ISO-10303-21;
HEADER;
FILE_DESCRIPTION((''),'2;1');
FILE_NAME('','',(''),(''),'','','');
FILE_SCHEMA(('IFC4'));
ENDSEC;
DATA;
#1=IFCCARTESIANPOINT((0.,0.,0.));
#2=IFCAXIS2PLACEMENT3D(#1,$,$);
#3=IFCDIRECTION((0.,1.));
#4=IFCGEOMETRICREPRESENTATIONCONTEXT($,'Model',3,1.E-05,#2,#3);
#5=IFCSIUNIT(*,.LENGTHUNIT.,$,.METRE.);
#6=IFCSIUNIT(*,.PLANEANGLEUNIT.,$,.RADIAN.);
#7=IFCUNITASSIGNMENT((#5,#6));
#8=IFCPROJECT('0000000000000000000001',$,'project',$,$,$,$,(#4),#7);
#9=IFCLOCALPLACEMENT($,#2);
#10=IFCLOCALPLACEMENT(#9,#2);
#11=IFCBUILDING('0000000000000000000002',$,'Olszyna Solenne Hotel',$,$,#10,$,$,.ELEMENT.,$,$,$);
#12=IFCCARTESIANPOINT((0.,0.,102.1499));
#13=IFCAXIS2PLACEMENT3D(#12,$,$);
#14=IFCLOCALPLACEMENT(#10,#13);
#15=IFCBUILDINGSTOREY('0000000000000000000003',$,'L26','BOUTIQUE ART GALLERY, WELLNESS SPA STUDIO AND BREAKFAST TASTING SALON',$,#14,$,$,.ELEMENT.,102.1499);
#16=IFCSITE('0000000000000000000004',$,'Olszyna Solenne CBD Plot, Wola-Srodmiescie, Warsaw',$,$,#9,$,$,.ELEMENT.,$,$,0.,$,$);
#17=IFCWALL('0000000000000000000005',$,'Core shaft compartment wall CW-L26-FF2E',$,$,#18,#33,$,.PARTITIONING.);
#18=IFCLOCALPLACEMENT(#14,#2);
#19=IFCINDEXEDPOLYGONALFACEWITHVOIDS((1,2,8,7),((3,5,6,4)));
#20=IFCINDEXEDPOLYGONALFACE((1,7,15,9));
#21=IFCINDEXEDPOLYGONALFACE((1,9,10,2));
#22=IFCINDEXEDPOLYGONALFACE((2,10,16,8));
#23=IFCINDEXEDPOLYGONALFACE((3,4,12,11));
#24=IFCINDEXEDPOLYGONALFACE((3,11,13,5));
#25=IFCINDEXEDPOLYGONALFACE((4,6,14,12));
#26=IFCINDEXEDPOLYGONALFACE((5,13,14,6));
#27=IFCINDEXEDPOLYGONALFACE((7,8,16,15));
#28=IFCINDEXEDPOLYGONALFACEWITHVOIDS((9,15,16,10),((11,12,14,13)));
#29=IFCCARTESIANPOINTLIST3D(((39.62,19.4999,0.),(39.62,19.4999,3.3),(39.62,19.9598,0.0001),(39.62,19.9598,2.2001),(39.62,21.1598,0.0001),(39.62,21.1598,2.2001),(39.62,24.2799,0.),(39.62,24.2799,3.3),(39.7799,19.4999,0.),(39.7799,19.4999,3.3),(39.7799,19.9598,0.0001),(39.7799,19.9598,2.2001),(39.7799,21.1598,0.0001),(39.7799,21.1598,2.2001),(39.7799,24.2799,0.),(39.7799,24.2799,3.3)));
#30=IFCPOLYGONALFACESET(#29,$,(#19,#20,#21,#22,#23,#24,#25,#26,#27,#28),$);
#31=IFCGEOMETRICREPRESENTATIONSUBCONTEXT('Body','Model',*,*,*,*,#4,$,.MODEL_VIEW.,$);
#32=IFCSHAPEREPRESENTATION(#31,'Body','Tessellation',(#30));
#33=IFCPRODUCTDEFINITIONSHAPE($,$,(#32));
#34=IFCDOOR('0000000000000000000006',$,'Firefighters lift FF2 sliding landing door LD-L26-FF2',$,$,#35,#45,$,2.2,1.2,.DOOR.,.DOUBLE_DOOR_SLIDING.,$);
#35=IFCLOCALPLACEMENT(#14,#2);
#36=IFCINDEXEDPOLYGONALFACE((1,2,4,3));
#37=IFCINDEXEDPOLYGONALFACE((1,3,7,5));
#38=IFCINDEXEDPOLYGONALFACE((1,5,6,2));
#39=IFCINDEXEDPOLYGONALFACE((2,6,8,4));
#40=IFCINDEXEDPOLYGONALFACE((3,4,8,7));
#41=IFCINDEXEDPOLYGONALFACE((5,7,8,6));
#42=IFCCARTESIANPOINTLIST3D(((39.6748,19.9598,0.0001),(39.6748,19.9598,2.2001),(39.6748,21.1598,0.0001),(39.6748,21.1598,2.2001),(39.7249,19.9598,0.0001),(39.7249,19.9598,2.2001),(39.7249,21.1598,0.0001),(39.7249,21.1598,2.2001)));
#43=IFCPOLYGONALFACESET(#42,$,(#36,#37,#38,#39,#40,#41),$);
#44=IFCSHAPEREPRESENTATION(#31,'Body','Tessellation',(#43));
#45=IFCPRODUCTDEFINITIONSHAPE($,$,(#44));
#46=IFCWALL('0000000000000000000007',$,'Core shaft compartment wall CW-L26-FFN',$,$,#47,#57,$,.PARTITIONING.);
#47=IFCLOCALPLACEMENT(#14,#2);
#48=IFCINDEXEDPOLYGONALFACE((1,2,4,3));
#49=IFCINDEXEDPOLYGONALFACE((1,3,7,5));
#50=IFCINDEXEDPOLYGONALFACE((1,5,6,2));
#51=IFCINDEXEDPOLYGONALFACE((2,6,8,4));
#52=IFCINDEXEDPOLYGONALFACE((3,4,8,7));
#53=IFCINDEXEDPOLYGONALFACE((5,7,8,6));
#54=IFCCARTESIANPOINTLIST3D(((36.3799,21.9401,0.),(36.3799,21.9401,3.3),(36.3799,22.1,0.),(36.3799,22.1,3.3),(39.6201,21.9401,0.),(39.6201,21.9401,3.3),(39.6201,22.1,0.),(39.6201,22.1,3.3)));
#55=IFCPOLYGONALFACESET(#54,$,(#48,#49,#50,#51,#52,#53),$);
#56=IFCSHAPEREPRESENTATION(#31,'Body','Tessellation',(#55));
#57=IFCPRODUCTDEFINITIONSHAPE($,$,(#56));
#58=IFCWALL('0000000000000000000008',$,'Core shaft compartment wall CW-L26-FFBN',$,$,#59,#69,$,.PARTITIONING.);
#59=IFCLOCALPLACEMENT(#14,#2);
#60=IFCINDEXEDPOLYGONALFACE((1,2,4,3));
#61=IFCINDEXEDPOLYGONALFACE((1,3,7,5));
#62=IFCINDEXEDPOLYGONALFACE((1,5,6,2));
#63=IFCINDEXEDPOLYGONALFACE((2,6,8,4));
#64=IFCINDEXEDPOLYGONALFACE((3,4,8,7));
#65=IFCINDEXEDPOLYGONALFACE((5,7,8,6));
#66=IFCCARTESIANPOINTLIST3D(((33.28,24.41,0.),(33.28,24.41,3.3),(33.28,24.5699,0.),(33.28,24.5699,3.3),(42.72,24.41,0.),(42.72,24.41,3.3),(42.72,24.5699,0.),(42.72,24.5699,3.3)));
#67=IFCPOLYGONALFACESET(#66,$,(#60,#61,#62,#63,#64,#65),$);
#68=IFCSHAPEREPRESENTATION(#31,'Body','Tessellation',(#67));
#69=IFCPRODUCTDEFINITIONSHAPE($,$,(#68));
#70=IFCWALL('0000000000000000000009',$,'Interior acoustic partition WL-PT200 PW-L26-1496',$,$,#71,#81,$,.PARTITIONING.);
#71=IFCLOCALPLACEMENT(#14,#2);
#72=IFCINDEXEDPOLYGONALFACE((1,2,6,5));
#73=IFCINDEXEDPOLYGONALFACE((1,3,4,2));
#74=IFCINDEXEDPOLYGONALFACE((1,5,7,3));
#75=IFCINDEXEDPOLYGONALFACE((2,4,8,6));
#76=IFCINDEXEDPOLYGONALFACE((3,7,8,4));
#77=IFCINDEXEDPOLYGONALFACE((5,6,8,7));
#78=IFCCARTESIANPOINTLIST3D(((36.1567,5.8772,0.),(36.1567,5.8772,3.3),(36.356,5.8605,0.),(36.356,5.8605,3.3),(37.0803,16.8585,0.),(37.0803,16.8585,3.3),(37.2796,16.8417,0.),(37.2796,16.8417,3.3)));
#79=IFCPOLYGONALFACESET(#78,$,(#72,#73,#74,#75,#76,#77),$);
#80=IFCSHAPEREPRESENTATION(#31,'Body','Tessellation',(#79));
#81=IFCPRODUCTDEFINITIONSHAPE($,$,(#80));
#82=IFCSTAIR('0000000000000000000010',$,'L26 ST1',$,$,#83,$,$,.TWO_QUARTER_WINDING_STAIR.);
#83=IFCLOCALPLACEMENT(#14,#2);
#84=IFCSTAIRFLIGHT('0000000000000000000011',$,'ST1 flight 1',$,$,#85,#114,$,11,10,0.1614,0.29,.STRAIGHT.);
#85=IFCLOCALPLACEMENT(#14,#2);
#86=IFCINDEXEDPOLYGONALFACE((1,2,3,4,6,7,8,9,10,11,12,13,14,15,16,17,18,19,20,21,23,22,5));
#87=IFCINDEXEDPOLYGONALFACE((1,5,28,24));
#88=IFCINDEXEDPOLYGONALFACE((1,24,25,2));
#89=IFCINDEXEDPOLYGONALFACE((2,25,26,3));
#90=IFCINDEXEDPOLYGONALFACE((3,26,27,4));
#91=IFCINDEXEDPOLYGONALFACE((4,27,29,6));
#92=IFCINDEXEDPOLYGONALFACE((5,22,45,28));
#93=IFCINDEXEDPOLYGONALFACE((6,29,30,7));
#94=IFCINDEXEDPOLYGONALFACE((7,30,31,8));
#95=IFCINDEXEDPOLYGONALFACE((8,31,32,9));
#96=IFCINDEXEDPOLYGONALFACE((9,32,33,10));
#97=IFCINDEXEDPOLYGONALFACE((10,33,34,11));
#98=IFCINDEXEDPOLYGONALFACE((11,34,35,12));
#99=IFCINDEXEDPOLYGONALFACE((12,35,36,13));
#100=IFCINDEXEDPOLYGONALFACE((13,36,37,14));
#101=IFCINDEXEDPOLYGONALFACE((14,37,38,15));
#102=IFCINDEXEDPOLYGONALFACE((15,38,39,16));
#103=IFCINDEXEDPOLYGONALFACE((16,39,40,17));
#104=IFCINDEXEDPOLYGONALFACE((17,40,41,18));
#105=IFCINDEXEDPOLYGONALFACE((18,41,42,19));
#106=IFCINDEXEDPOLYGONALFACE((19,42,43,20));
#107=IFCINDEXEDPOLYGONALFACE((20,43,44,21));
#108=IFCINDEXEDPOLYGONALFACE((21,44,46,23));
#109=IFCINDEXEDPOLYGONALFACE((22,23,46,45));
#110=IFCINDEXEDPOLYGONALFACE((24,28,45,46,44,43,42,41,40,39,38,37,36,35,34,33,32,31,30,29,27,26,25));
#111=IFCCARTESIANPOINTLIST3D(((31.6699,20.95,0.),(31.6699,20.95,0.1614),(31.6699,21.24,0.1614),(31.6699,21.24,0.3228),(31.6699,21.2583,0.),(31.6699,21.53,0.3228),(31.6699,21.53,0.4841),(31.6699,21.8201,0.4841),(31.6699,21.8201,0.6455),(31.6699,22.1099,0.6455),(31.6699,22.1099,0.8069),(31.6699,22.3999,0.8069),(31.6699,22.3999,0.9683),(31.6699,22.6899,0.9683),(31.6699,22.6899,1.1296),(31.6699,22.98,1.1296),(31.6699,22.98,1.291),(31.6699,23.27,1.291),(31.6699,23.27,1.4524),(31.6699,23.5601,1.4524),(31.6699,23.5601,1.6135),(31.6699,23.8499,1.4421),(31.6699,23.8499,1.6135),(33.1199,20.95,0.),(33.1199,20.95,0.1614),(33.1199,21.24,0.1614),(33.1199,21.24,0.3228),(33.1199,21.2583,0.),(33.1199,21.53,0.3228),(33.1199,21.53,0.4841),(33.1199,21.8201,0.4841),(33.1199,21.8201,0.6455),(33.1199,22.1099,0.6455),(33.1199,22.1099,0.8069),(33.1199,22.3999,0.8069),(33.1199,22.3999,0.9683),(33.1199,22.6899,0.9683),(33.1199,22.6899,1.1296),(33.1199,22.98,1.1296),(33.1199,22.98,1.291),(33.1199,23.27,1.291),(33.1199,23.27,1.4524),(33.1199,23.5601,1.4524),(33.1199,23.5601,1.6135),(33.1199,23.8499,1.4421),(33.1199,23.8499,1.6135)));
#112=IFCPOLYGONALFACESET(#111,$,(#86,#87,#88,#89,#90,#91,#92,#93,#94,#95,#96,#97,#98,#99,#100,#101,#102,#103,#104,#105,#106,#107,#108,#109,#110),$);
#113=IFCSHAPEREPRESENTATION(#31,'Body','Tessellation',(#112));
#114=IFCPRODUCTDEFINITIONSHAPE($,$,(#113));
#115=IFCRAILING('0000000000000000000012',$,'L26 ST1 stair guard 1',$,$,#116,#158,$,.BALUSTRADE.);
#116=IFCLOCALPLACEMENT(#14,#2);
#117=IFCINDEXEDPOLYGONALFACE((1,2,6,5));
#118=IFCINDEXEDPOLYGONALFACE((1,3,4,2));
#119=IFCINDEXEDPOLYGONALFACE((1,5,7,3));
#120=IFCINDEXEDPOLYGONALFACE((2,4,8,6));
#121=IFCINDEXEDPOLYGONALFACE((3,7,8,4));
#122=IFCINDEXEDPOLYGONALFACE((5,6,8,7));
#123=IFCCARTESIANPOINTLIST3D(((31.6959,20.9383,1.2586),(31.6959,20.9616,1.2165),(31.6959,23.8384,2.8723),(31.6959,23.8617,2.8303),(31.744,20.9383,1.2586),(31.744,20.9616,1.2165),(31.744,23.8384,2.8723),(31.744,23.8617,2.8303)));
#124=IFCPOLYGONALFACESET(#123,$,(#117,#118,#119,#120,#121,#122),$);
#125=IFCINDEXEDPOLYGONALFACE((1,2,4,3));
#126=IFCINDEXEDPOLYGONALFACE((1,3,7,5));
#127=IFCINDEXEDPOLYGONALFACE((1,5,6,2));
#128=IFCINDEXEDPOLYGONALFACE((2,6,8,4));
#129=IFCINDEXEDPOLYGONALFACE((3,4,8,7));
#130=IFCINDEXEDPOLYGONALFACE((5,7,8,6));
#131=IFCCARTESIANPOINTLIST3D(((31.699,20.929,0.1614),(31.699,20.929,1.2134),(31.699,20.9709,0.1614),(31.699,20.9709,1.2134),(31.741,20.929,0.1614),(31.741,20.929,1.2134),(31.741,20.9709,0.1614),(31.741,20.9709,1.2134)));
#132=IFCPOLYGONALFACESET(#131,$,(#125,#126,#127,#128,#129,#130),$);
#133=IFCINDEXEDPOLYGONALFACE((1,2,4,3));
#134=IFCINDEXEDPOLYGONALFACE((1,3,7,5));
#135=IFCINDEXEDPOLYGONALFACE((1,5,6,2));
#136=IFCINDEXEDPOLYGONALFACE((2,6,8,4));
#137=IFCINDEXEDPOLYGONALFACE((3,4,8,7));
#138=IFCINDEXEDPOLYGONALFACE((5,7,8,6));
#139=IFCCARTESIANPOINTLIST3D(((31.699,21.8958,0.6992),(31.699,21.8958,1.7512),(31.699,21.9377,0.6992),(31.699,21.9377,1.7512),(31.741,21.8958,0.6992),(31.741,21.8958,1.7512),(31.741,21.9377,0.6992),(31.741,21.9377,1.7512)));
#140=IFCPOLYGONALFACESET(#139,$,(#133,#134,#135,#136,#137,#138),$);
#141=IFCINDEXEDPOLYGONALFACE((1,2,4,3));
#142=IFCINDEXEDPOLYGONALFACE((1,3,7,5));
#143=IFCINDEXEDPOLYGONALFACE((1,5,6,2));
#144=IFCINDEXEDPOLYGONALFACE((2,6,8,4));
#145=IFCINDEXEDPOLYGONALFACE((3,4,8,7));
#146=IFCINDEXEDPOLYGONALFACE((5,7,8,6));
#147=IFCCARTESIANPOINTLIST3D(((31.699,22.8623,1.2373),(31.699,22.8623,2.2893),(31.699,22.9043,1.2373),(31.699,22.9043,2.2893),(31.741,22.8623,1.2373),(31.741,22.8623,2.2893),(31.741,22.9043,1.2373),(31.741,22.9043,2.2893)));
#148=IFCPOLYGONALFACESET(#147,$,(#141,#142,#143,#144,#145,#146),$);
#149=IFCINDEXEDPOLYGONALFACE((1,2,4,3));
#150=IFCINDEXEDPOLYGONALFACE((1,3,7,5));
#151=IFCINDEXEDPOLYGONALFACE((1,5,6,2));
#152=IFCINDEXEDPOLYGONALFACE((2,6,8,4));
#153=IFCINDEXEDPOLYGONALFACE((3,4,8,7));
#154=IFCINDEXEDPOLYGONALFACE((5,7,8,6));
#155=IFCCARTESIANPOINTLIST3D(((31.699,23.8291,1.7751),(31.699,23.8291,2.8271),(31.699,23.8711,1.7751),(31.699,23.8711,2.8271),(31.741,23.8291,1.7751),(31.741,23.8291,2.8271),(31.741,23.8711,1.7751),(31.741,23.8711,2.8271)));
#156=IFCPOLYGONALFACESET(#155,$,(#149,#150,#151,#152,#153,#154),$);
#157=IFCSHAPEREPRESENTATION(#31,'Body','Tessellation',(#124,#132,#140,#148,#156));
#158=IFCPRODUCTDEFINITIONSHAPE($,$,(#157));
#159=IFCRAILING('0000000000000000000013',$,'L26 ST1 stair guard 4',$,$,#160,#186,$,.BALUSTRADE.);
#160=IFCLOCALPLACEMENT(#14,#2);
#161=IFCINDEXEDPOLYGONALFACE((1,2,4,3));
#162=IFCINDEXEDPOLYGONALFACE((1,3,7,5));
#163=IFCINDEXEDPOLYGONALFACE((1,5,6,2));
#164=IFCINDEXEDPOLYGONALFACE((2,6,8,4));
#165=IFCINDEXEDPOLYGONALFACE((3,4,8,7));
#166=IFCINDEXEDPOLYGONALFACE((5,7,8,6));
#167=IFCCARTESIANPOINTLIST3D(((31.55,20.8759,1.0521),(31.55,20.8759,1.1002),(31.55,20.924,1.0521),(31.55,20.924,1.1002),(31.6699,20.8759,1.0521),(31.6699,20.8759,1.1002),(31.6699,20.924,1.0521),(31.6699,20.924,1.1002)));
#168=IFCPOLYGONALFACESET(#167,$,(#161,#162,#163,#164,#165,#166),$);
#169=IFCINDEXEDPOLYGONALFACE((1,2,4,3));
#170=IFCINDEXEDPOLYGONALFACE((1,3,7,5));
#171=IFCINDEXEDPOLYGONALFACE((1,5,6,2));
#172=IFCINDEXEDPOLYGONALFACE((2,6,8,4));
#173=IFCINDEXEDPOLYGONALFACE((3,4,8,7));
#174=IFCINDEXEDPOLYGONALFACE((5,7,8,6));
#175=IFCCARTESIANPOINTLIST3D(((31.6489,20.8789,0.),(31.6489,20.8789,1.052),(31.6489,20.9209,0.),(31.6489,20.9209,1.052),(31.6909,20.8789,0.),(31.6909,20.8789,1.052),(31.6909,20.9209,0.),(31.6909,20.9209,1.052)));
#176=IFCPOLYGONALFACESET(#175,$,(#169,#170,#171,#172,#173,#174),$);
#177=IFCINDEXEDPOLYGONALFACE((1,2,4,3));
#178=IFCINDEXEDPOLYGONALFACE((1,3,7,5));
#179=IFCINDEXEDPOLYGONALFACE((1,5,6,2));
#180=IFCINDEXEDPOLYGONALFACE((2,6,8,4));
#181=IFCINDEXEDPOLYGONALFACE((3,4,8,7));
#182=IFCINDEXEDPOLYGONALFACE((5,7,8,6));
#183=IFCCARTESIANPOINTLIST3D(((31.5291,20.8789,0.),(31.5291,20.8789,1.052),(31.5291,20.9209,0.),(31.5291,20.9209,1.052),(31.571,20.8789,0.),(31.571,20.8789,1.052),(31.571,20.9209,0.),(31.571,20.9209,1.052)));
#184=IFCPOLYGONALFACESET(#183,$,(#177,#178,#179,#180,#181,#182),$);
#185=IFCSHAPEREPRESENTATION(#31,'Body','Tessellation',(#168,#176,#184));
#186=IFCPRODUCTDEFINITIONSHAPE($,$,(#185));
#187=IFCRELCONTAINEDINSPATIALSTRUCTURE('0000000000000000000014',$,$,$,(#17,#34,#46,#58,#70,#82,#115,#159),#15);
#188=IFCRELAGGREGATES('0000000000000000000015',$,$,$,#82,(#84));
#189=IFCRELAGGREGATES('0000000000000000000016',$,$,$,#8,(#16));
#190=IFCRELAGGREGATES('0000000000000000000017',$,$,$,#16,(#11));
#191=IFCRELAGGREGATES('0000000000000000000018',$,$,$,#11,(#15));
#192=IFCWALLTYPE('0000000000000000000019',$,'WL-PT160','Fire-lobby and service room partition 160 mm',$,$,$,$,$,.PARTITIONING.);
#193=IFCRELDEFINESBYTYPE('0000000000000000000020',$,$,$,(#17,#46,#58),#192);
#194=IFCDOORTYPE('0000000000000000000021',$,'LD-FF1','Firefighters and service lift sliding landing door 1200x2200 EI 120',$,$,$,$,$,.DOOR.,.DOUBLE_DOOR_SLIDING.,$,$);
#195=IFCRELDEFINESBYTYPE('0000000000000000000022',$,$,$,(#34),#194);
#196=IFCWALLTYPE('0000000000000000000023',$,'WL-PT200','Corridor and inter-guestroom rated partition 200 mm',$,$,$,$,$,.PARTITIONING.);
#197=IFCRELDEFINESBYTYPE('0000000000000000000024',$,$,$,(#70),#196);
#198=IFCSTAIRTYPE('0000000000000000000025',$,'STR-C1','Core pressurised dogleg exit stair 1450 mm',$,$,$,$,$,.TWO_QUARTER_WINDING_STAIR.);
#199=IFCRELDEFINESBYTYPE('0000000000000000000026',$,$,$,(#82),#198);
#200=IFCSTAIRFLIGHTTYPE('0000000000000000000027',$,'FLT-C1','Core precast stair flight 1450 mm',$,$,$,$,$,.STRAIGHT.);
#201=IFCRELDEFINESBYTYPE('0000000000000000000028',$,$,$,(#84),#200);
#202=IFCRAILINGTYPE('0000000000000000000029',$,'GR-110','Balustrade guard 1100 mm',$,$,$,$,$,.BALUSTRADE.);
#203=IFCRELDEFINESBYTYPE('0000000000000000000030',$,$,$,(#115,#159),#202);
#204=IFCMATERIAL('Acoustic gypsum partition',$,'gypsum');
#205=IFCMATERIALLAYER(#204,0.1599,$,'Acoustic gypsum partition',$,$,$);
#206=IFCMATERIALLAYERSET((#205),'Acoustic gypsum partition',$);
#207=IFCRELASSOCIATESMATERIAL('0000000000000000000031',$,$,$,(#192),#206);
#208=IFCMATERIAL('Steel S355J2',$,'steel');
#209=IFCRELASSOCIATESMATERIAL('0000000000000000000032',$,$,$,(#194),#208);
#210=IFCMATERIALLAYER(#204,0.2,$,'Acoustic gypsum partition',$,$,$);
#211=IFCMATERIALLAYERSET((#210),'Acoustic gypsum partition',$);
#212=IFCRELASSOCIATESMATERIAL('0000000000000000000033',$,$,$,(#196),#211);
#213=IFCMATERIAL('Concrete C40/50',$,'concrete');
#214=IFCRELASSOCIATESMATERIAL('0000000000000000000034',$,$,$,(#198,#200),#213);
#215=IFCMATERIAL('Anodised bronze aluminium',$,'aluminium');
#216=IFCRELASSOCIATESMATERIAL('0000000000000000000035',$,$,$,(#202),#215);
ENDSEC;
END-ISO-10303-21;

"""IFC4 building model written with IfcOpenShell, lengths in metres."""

from ifc_helpers import new_model, si_unit, direction, frame, frame_2d, origin, origin_2d, place, context, subcontext, project, spatial, polyline, rectangle, outline, extrude, source, transform, mapped, material, layer, layer_set, type_object, type_shapes, element, fill, aggregate, save


model = new_model("IFC4")

# Units and contexts
model_context = context("Model", 3, precision=1e-05, world=origin(), true_north=direction((0.0, 1.0)))
body_context = subcontext(model_context, "Body", "Model", "MODEL_VIEW")
ifc_project = project(units=[si_unit("LENGTHUNIT", "METRE"), si_unit("PLANEANGLEUNIT", "RADIAN")], contexts=[model_context])

# Site, building, storey
site_placement = place(None, origin())
site = spatial("IfcSite", under=ifc_project, at=site_placement, Name="Olszyna Solenne CBD Plot, Wola-Srodmiescie, Warsaw", CompositionType="ELEMENT", RefElevation=0.0)
building_placement = place(site_placement, origin())
building = spatial("IfcBuilding", under=site, at=building_placement, Name="Olszyna Solenne Hotel", CompositionType="ELEMENT")
storey_placement = place(building_placement, frame((0.0, 0.0, 102.1499)))
storey = spatial("IfcBuildingStorey", under=building, at=storey_placement, Name="L26", Description="BOUTIQUE ART GALLERY, WELLNESS SPA STUDIO AND BREAKFAST TASTING SALON", CompositionType="ELEMENT", Elevation=102.1499)

# Shared definitions
ifc_material_1 = material(Name="Steel S355J2", Category="steel")

# Shared definitions
ifc_material_2 = material(Name="Acoustic gypsum partition", Category="gypsum")

# Shared definitions
ifc_layer_1 = layer(ifc_material_2, 0.1599, Name="Acoustic gypsum partition")
ifc_layer_set_1 = layer_set([ifc_layer_1], Name="Acoustic gypsum partition")
wall_type_1 = type_object("IfcWallType", Name="WL-PT160", Description="Fire-lobby and service room partition 160 mm", PredefinedType="PARTITIONING", material=ifc_layer_set_1)

# Shared definitions
door_type_1 = type_object("IfcDoorType", Name="LD-FF1", Description="Firefighters and service lift sliding landing door 1200x2200 EI 120", OperationType="DOUBLE_DOOR_SLIDING", PredefinedType="DOOR", material=ifc_material_1)
shared_shape_1 = source(origin(), body_context, "Body", "SweptSolid", [
    extrude(rectangle(XDim=1.2, YDim=2.2, at=frame_2d((0.6001, 1.1001))), frame((0.0, 0.0249, 0.0), z_axis=(0.0, -1.0, 0.0), x_axis=(1.0, 0.0, 0.0)), (0.0, 0.0, 1.0), 0.05),
])
type_shapes(door_type_1, [shared_shape_1])

# Wall, opening, door
wall_1_placement = place(storey_placement, frame((39.7, 24.28, 0.0), z_axis=(0.0, 0.0, 1.0), x_axis=(0.0, -1.0, 0.0)))
wall_1 = element("IfcWall", 1, at=wall_1_placement, inside=storey, type_object=wall_type_1, Name="Core shaft compartment wall CW-L26-FF2E", PredefinedType="PARTITIONING", context=body_context, shape_type="SweptSolid", body=[
    extrude(rectangle(XDim=4.78, YDim=0.1599, at=frame_2d((2.3901, 0.0))), origin(), (0.0, 0.0, 1.0), 3.3),
])
opening_1_placement = place(wall_1_placement, frame((3.1201, 0.0, 0.0)))
opening_1 = element("IfcOpeningElement", 2, at=opening_1_placement, cuts=wall_1, PredefinedType="OPENING", context=body_context, shape_type="SweptSolid", body=[
    extrude(rectangle(XDim=1.2, YDim=2.2, at=frame_2d((0.6001, 1.1001))), frame((0.0, 0.0898, 0.0), z_axis=(0.0, -1.0, 0.0), x_axis=(1.0, 0.0, 0.0)), (0.0, 0.0, 1.0), 0.1799),
])
door_1_placement = place(opening_1_placement, origin())
door_1 = element("IfcDoor", 3, at=door_1_placement, inside=storey, type_object=door_type_1, Name="Firefighters lift FF2 sliding landing door LD-L26-FF2", OperationType="DOUBLE_DOOR_SLIDING", OverallHeight=2.2, OverallWidth=1.2, PredefinedType="DOOR", context=body_context, shape_type="MappedRepresentation", body=[
    mapped(shared_shape_1, transform((0.0, 0.0, 0.0), x_axis=(1.0, 0.0, 0.0), y_axis=(0.0, 1.0, 0.0), z_axis=(0.0, 0.0, 1.0), scale=1.0)),
])
fill(opening_1, door_1)

# Walls
wall_2_placement = place(storey_placement, frame((36.3799, 22.02, 0.0), z_axis=(0.0, 0.0, 1.0), x_axis=(1.0, 0.0, 0.0)))
element("IfcWall", 4, at=wall_2_placement, inside=storey, type_object=wall_type_1, Name="Core shaft compartment wall CW-L26-FFN", PredefinedType="PARTITIONING", context=body_context, shape_type="SweptSolid", body=[
    extrude(rectangle(XDim=3.2402, YDim=0.1599, at=frame_2d((1.6201, 0.0))), origin(), (0.0, 0.0, 1.0), 3.3),
])
wall_3_placement = place(storey_placement, frame((33.28, 24.49, 0.0), z_axis=(0.0, 0.0, 1.0), x_axis=(1.0, 0.0, 0.0)))
element("IfcWall", 5, at=wall_3_placement, inside=storey, type_object=wall_type_1, Name="Core shaft compartment wall CW-L26-FFBN", PredefinedType="PARTITIONING", context=body_context, shape_type="SweptSolid", body=[
    extrude(rectangle(XDim=9.4399, YDim=0.1599, at=frame_2d((4.72, 0.0))), origin(), (0.0, 0.0, 1.0), 3.3),
])
ifc_layer_2 = layer(ifc_material_2, 0.2, Name="Acoustic gypsum partition")
ifc_layer_set_2 = layer_set([ifc_layer_2], Name="Acoustic gypsum partition")
wall_type_2 = type_object("IfcWallType", Name="WL-PT200", Description="Corridor and inter-guestroom rated partition 200 mm", PredefinedType="PARTITIONING", material=ifc_layer_set_2)
wall_4_placement = place(storey_placement, frame((37.1799, 16.8501, 0.0), z_axis=(0.0, 0.0, 1.0), x_axis=(-0.08381, -0.996482, 0.0)))
element("IfcWall", 6, at=wall_4_placement, inside=storey, type_object=wall_type_2, Name="Interior acoustic partition WL-PT200 PW-L26-1496", PredefinedType="PARTITIONING", context=body_context, shape_type="SweptSolid", body=[
    extrude(rectangle(XDim=11.02, YDim=0.2, at=frame_2d((5.51, 0.0))), origin(), (0.0, 0.0, 1.0), 3.3),
])

# Stair, stair flight
ifc_material_3 = material(Name="Concrete C40/50", Category="concrete")
stair_type = type_object("IfcStairType", Name="STR-C1", Description="Core pressurised dogleg exit stair 1450 mm", PredefinedType="TWO_QUARTER_WINDING_STAIR", material=ifc_material_3)
stair_placement = place(storey_placement, origin())
stair = element("IfcStair", 7, at=stair_placement, inside=storey, type_object=stair_type, Name="L26 ST1", PredefinedType="TWO_QUARTER_WINDING_STAIR")
stair_flight_type = type_object("IfcStairFlightType", Name="FLT-C1", Description="Core precast stair flight 1450 mm", PredefinedType="STRAIGHT", material=ifc_material_3)
stair_flight_placement = place(storey_placement, frame((32.395, 20.95, 0.0), z_axis=(0.0, 0.0, 1.0), x_axis=(0.0, 1.0, 0.0)))
stair_flight = element("IfcStairFlight", 8, at=stair_flight_placement, type_object=stair_flight_type, Name="ST1 flight 1", NumberOfRisers=11, NumberOfTreads=10, PredefinedType="STRAIGHT", RiserHeight=0.1614, TreadLength=0.29, context=body_context, shape_type="SweptSolid", body=[
    extrude(outline(polyline([(0.0, 0.0), (0.0, 0.1614), (0.29, 0.1614), (0.29, 0.3228), (0.5801, 0.3228), (0.5801, 0.4841), (0.8701, 0.4841), (0.8701, 0.6455), (1.1599, 0.6455), (1.1599, 0.8069), (1.45, 0.8069), (1.45, 0.9683), (1.74, 0.9683), (1.74, 1.1296), (2.03, 1.1296), (2.03, 1.291), (2.3201, 1.291), (2.3201, 1.4524), (2.6101, 1.4524), (2.6101, 1.6135), (2.8999, 1.6135), (2.8999, 1.7749), (2.8999, 1.4421), (0.3083, 0.0), (0.0, 0.0)])), frame((0.0, 0.7251, 0.0), z_axis=(0.0, -1.0, 0.0), x_axis=(1.0, 0.0, 0.0)), (0.0, 0.0, 1.0), 1.45),
])
aggregate(stair, [stair_flight])

# Railings
ifc_material_4 = material(Name="Anodised bronze aluminium", Category="aluminium")
railing_type_1 = type_object("IfcRailingType", Name="GR-110", Description="Balustrade guard 1100 mm", PredefinedType="BALUSTRADE", material=ifc_material_4)
railing_1_placement = place(storey_placement, frame((31.72, 20.95, 0.1614)))
element("IfcRailing", 9, at=railing_1_placement, inside=storey, type_object=railing_type_1, Name="L26 ST1 stair guard 1", PredefinedType="BALUSTRADE", context=body_context, shape_type="SweptSolid", body=[
    extrude(rectangle(XDim=0.0481, YDim=0.0481, at=origin_2d()), frame((0.0, 0.0, 1.0762), z_axis=(0.0, 0.873827, 0.486236), x_axis=(-1.0, 0.0, 0.0)), (0.0, 0.0, 1.0), 3.3188),
    extrude(rectangle(XDim=0.042, YDim=0.042, at=origin_2d()), origin(), (0.0, 0.0, 1.0), 1.052),
    extrude(rectangle(XDim=0.042, YDim=0.042, at=origin_2d()), frame((0.0, 0.9668, 0.5378)), (0.0, 0.0, 1.0), 1.052),
    extrude(rectangle(XDim=0.042, YDim=0.042, at=origin_2d()), frame((0.0, 1.9333, 1.0759)), (0.0, 0.0, 1.0), 1.052),
    extrude(rectangle(XDim=0.042, YDim=0.042, at=origin_2d()), frame((0.0, 2.9001, 1.6138)), (0.0, 0.0, 1.0), 1.052),
])
railing_2_placement = place(storey_placement, frame((31.6699, 20.8999, 0.0)))
element("IfcRailing", 10, at=railing_2_placement, inside=storey, type_object=railing_type_1, Name="L26 ST1 stair guard 4", PredefinedType="BALUSTRADE", context=body_context, shape_type="SweptSolid", body=[
    extrude(rectangle(XDim=0.0481, YDim=0.0481, at=origin_2d()), frame((0.0, 0.0, 1.0762), z_axis=(-1.0, 0.0, 0.0), x_axis=(0.0, -1.0, 0.0)), (0.0, 0.0, 1.0), 0.1199),
    extrude(rectangle(XDim=0.042, YDim=0.042, at=origin_2d()), origin(), (0.0, 0.0, 1.0), 1.052),
    extrude(rectangle(XDim=0.042, YDim=0.042, at=origin_2d()), frame((-0.1199, 0.0, 0.0)), (0.0, 0.0, 1.0), 1.052),
])

save(model, "model.ifc")
